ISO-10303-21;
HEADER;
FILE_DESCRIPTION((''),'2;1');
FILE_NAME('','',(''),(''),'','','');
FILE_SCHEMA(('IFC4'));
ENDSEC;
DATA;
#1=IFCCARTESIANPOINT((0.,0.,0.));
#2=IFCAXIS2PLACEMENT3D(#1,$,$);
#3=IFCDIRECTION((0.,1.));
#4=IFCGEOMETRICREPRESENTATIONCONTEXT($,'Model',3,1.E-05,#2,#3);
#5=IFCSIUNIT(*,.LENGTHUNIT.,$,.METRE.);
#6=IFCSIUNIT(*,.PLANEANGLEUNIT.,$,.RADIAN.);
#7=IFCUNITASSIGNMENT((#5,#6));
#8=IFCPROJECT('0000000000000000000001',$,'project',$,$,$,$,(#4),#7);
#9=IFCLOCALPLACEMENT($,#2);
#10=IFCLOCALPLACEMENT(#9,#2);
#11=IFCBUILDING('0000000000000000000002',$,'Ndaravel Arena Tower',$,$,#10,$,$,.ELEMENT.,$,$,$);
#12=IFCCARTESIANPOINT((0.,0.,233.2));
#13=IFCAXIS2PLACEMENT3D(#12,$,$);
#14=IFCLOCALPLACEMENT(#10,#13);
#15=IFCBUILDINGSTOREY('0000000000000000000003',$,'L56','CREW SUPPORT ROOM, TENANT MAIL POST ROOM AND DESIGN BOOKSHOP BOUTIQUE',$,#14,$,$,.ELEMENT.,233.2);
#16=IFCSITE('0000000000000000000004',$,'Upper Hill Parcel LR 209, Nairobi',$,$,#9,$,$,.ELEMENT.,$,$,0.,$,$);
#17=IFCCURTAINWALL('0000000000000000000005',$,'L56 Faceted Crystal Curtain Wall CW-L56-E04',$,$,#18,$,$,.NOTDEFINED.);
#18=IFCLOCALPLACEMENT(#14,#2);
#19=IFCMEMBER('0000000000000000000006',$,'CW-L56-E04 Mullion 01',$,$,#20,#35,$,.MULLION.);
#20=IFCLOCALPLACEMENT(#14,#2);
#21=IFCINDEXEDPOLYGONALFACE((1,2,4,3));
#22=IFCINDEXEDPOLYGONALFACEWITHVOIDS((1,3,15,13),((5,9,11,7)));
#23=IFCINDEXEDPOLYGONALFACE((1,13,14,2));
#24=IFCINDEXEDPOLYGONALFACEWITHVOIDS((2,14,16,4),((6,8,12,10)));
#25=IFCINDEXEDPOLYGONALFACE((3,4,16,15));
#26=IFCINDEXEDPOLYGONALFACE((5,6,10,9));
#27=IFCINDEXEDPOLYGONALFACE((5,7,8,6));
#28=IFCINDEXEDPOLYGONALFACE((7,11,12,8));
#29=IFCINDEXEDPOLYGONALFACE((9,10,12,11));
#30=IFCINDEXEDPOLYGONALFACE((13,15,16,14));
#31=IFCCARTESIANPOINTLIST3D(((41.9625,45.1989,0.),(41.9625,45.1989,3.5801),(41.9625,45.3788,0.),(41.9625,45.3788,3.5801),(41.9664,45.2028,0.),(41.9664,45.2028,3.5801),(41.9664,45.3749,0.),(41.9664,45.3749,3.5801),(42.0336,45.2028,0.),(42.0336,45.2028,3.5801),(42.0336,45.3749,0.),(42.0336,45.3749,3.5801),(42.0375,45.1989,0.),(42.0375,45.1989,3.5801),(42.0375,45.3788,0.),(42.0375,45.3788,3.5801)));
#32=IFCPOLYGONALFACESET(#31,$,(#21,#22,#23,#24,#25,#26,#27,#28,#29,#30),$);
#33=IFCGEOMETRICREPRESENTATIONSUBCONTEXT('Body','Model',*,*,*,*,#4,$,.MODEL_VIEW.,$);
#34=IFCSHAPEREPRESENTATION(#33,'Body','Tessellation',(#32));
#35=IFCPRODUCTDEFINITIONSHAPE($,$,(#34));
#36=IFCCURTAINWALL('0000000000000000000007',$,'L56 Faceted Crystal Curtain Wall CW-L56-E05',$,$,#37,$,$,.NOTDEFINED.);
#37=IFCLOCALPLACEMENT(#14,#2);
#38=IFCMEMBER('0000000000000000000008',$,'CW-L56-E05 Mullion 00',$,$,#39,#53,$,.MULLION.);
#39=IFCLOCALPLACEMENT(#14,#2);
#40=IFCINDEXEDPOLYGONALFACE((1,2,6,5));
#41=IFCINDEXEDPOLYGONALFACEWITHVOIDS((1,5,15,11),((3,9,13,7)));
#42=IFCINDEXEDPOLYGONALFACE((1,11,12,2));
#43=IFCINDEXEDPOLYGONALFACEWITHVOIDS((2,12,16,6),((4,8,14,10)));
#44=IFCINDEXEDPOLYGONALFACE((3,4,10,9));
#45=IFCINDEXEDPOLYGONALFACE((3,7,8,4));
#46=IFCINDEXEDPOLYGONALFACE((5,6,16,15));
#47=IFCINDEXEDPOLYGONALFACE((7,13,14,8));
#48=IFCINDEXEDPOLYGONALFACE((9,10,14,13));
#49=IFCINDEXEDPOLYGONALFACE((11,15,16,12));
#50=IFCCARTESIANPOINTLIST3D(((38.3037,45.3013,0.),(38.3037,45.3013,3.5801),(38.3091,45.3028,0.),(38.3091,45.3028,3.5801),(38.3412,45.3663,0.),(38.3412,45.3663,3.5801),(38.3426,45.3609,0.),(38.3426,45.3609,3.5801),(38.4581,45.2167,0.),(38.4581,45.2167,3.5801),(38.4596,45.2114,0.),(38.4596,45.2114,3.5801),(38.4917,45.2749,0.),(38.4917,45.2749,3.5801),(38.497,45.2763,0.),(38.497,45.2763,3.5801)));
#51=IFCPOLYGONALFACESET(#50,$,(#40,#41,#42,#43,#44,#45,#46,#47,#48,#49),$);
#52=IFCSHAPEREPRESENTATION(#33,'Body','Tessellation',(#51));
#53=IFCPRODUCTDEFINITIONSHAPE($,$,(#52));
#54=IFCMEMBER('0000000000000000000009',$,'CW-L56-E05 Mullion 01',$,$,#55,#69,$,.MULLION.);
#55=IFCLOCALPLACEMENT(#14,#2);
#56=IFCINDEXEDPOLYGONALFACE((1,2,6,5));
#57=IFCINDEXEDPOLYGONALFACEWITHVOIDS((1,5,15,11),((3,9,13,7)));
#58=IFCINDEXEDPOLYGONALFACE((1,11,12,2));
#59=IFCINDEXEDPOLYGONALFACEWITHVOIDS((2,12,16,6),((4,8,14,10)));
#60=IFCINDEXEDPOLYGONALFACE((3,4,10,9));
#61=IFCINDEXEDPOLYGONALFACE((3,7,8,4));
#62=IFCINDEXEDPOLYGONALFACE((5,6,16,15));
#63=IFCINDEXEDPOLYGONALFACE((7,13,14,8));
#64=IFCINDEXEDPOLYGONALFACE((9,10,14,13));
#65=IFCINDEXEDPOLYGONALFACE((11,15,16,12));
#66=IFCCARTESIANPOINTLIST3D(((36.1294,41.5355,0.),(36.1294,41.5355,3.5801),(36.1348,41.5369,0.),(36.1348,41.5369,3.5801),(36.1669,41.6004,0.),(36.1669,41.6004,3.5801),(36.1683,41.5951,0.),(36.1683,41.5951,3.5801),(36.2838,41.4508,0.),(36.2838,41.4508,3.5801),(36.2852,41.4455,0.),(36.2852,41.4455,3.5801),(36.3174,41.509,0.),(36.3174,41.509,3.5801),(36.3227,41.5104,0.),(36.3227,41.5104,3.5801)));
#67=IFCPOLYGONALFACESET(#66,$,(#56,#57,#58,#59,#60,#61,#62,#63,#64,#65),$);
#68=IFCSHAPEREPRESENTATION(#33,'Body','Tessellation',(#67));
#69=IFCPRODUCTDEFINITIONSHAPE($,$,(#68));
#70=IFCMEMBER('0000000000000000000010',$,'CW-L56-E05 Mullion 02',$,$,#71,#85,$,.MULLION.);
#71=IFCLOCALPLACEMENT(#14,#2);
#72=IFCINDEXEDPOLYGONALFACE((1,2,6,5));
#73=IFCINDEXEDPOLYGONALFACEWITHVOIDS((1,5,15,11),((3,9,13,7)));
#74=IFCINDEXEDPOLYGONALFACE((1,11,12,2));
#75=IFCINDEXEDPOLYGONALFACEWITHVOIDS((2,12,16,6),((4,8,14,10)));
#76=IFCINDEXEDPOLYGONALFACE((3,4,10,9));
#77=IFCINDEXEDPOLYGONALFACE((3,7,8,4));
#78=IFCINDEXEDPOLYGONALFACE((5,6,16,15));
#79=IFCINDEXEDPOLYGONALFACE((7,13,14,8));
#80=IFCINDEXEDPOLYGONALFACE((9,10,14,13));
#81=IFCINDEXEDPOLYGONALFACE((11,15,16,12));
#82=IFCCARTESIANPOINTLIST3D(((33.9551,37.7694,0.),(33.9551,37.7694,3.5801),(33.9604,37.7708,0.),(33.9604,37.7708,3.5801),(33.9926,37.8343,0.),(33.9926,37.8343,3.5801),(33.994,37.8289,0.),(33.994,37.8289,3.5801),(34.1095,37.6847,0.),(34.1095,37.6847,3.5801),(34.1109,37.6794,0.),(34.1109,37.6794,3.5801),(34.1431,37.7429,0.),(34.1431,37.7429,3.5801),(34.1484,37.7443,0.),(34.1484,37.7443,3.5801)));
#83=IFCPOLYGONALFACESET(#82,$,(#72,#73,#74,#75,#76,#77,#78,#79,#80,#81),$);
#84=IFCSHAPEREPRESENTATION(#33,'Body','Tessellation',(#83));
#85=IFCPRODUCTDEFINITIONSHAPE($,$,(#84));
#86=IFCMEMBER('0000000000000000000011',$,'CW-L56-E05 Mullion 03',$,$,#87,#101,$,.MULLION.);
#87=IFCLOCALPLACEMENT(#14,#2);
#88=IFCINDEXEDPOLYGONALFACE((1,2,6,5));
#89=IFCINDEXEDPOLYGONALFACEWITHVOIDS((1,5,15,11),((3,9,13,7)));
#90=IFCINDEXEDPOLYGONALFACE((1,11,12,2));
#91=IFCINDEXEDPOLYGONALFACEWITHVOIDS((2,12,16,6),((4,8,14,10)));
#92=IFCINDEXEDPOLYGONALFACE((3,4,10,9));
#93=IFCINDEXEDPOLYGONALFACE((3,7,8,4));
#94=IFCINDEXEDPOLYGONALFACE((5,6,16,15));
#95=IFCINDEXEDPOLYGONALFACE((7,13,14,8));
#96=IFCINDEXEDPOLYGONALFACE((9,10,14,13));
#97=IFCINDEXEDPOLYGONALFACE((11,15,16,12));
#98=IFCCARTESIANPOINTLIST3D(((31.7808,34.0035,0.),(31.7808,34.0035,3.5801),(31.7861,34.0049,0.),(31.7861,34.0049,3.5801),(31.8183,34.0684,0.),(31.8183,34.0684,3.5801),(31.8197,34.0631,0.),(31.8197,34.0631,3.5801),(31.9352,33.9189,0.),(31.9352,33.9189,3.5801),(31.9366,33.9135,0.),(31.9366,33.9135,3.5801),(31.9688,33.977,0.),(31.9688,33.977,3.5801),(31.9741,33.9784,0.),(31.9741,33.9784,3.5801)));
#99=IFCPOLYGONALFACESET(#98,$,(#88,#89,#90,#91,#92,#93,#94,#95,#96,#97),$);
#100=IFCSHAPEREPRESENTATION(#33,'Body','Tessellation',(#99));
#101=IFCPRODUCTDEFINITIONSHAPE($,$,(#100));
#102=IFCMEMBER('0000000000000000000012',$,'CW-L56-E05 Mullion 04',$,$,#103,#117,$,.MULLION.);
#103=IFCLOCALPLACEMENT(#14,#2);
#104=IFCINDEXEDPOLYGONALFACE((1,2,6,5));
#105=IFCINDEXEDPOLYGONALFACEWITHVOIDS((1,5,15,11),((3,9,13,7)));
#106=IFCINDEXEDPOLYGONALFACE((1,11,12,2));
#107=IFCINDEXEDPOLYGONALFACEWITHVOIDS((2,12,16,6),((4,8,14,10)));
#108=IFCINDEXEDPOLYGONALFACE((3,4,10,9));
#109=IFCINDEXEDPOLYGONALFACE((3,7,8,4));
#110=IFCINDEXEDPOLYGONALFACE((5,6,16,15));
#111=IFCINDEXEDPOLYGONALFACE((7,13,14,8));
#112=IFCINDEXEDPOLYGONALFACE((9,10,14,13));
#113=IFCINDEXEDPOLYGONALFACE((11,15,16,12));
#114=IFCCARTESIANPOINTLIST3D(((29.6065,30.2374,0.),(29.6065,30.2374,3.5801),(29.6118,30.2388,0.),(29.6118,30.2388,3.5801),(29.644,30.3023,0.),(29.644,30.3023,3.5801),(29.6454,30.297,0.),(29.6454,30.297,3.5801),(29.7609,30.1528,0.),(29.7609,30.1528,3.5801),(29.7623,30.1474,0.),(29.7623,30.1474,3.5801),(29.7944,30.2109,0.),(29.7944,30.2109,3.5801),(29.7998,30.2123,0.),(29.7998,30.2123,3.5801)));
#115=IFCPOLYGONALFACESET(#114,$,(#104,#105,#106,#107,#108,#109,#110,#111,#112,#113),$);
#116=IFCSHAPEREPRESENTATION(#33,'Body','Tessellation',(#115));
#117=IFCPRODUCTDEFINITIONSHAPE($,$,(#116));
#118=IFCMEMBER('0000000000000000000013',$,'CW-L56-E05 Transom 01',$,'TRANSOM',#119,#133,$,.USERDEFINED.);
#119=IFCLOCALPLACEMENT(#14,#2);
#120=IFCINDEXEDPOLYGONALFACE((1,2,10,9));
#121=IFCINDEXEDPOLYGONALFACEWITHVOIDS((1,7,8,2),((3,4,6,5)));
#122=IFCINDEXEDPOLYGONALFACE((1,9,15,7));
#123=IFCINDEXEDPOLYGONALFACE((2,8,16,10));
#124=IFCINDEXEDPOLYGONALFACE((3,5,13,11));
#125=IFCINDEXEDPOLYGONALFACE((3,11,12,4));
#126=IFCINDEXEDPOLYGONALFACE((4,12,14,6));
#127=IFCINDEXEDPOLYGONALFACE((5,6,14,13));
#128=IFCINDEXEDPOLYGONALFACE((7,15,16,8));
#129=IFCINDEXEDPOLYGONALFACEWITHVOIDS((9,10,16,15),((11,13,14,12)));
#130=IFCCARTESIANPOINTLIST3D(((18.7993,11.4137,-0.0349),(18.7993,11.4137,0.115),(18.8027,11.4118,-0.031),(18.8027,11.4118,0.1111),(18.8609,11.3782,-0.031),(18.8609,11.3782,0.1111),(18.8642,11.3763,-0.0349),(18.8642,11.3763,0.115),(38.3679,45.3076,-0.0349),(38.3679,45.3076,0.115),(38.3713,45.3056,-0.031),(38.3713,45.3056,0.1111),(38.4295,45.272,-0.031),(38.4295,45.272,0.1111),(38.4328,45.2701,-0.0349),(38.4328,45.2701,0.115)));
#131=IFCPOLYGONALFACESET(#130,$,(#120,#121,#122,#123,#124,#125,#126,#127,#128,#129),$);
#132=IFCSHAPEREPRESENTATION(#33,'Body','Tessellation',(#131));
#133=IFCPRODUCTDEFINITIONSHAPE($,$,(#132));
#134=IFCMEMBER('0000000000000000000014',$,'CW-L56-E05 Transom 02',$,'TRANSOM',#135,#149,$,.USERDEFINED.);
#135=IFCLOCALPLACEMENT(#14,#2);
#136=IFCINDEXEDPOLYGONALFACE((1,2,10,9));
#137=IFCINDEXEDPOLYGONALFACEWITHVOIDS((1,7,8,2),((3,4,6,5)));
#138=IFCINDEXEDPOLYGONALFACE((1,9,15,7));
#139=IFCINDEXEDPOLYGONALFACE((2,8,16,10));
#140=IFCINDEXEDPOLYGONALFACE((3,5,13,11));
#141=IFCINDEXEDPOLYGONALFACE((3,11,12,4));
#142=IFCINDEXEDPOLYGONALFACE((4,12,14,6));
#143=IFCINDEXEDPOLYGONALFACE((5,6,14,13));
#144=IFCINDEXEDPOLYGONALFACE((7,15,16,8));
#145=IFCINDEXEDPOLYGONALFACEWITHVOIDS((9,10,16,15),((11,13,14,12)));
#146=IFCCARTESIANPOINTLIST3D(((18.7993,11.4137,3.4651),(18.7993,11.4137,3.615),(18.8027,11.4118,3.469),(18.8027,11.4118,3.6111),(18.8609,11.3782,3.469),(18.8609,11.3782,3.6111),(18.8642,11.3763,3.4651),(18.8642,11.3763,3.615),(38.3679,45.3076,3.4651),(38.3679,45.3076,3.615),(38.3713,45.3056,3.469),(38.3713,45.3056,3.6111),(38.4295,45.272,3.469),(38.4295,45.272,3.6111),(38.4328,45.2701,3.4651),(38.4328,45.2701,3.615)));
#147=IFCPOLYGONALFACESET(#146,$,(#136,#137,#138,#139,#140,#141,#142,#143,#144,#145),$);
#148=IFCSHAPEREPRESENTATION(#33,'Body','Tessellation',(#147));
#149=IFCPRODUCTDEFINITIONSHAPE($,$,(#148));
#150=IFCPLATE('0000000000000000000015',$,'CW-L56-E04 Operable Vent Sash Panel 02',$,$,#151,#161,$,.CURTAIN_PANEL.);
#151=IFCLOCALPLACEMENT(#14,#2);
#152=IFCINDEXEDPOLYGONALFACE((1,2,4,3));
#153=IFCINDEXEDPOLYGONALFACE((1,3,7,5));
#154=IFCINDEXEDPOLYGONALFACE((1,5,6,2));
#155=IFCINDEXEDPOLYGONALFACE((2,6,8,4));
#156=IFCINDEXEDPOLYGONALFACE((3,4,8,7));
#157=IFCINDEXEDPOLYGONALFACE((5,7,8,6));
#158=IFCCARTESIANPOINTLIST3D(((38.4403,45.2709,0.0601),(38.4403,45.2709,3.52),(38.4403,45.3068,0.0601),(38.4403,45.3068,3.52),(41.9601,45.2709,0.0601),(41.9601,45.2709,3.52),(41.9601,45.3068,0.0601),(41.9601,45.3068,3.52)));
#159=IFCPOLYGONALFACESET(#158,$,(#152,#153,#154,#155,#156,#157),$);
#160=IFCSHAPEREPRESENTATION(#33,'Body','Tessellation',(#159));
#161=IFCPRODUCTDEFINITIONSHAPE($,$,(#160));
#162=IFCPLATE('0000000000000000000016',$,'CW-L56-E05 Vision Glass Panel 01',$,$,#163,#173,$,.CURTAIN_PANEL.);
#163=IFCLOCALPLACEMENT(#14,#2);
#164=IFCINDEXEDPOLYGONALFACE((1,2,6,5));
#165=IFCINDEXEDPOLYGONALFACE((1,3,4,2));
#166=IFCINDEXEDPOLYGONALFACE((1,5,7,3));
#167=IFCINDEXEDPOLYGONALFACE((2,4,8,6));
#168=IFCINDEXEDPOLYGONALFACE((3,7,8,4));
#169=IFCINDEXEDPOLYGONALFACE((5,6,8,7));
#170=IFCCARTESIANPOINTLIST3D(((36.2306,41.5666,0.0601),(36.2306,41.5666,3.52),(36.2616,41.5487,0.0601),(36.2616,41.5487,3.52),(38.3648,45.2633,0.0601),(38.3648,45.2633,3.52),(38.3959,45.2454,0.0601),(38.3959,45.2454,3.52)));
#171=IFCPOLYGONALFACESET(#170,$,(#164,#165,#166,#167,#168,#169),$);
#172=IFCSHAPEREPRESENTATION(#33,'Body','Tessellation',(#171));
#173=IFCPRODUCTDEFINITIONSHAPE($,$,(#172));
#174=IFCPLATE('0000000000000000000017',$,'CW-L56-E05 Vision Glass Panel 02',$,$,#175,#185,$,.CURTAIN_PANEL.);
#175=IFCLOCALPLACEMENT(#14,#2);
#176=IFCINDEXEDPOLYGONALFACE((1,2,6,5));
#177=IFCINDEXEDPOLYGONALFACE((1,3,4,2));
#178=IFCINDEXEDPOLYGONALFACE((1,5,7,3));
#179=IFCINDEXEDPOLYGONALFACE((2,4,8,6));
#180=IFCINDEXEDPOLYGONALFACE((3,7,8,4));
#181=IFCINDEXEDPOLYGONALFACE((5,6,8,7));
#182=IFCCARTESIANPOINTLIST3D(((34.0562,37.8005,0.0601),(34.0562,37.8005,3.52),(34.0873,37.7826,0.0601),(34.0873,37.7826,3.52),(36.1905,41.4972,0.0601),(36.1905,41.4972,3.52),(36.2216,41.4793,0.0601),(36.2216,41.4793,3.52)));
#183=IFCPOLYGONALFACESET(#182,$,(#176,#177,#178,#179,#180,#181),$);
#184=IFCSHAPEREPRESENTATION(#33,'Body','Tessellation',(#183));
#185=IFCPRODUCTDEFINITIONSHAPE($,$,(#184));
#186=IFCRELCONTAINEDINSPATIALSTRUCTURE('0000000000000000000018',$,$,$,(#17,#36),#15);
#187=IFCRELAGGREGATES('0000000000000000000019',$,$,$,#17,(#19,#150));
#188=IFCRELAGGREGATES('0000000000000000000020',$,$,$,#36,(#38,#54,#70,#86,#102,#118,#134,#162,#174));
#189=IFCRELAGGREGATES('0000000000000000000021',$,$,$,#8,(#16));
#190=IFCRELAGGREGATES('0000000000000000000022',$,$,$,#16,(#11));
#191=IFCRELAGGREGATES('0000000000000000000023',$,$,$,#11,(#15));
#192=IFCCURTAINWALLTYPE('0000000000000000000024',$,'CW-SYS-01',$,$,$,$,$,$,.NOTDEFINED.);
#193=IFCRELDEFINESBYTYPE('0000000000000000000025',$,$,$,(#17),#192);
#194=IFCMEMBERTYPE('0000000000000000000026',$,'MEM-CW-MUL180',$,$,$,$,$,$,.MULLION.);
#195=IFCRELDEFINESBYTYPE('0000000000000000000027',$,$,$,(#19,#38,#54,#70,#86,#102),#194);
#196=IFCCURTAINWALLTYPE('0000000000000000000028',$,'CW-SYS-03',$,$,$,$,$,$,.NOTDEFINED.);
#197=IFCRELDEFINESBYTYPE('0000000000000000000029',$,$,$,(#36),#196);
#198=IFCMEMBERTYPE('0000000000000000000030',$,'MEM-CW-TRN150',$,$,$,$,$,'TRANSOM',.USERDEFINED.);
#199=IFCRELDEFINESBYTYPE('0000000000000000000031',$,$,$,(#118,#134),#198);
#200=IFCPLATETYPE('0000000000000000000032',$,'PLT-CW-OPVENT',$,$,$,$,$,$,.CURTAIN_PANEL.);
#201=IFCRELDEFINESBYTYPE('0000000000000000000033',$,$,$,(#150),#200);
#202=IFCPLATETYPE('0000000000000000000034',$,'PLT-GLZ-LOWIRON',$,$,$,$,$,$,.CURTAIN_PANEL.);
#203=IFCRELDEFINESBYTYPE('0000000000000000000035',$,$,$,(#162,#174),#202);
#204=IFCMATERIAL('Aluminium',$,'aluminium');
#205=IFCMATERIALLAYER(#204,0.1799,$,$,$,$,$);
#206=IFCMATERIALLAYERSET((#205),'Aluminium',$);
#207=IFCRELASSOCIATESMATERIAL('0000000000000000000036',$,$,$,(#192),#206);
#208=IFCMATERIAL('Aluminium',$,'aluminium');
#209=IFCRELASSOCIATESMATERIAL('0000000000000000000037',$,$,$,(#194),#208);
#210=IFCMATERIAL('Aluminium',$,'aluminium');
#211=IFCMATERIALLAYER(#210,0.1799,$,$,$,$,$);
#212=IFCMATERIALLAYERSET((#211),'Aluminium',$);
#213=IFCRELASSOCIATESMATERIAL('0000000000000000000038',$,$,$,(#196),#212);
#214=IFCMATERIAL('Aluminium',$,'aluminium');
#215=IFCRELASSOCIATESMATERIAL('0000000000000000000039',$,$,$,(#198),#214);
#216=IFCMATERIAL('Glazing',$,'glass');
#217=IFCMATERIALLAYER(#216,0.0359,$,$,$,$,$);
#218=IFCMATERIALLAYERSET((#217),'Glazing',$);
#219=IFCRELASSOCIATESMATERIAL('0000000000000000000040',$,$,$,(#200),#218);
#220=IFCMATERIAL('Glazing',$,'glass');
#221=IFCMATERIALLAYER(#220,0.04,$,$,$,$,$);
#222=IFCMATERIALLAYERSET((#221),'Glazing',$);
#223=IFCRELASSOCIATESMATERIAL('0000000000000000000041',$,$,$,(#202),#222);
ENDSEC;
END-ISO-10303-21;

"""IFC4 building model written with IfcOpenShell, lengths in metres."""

from ifc_helpers import new_model, si_unit, direction, frame, origin, origin_2d, place, context, subcontext, project, spatial, rectangle, hollow_rectangle, extrude, material, layer, layer_set, material_profile, profile_set, type_object, element, aggregate, save


model = new_model("IFC4")

# Units and contexts
model_context = context("Model", 3, precision=1e-05, world=origin(), true_north=direction((0.0, 1.0)))
body_context = subcontext(model_context, "Body", "Model", "MODEL_VIEW")
ifc_project = project(units=[si_unit("LENGTHUNIT", "METRE"), si_unit("PLANEANGLEUNIT", "RADIAN")], contexts=[model_context])

# Site, building, storey
site_placement = place(None, origin())
site = spatial("IfcSite", under=ifc_project, at=site_placement, Name="Upper Hill Parcel LR 209, Nairobi", CompositionType="ELEMENT", RefElevation=0.0)
building_placement = place(site_placement, origin())
building = spatial("IfcBuilding", under=site, at=building_placement, Name="Ndaravel Arena Tower", CompositionType="ELEMENT")
storey_placement = place(building_placement, frame((0.0, 0.0, 233.2)))
storey = spatial("IfcBuildingStorey", under=building, at=storey_placement, Name="L56", Description="CREW SUPPORT ROOM, TENANT MAIL POST ROOM AND DESIGN BOOKSHOP BOUTIQUE", CompositionType="ELEMENT", Elevation=233.2)

# Curtain wall, member
ifc_material_1 = material(Name="Aluminium", Category="aluminium")
ifc_layer_1 = layer(ifc_material_1, 0.1799)
ifc_layer_set_1 = layer_set([ifc_layer_1], Name="Aluminium")
curtain_wall_type_1 = type_object("IfcCurtainWallType", Name="CW-SYS-01", PredefinedType="NOTDEFINED", material=ifc_layer_set_1)
curtain_wall_1_placement = place(storey_placement, origin())
curtain_wall_1 = element("IfcCurtainWall", 1, at=curtain_wall_1_placement, inside=storey, type_object=curtain_wall_type_1, Name="L56 Faceted Crystal Curtain Wall CW-L56-E04", PredefinedType="NOTDEFINED")
ifc_material_2 = material(Name="Aluminium", Category="aluminium")
ifc_material_profile_1 = material_profile(ifc_material_2, hollow_rectangle(XDim=0.075, YDim=0.1799, WallThickness=0.0039, at=origin_2d()), Name="CW MULLION 75x180x4")
ifc_profile_set_1 = profile_set([ifc_material_profile_1], Name="Aluminium")
member_type_1 = type_object("IfcMemberType", Name="MEM-CW-MUL180", PredefinedType="MULLION", material=ifc_profile_set_1)
member_1_placement = place(storey_placement, frame((42.0, 45.2888, 0.0), z_axis=(0.0, 0.0, 1.0), x_axis=(-1.0, 0.0, 0.0)))
member_1 = element("IfcMember", 2, at=member_1_placement, type_object=member_type_1, Name="CW-L56-E04 Mullion 01", PredefinedType="MULLION", context=body_context, shape_type="SweptSolid", body=[
    extrude(hollow_rectangle(XDim=0.075, YDim=0.1799, WallThickness=0.0039, at=origin_2d()), origin(), (0.0, 0.0, 1.0), 3.5801),
])

# Curtain wall, members
ifc_material_3 = material(Name="Aluminium", Category="aluminium")
ifc_layer_2 = layer(ifc_material_3, 0.1799)
ifc_layer_set_2 = layer_set([ifc_layer_2], Name="Aluminium")
curtain_wall_type_2 = type_object("IfcCurtainWallType", Name="CW-SYS-03", PredefinedType="NOTDEFINED", material=ifc_layer_set_2)
curtain_wall_2_placement = place(storey_placement, origin())
curtain_wall_2 = element("IfcCurtainWall", 3, at=curtain_wall_2_placement, inside=storey, type_object=curtain_wall_type_2, Name="L56 Faceted Crystal Curtain Wall CW-L56-E05", PredefinedType="NOTDEFINED")
member_2_placement = place(storey_placement, frame((38.4004, 45.2888, 0.0), z_axis=(0.0, 0.0, 1.0), x_axis=(-0.5, -0.866025, 0.0)))
member_2 = element("IfcMember", 4, at=member_2_placement, type_object=member_type_1, Name="CW-L56-E05 Mullion 00", PredefinedType="MULLION", context=body_context, shape_type="SweptSolid", body=[
    extrude(hollow_rectangle(XDim=0.075, YDim=0.1799, WallThickness=0.0039, at=origin_2d()), origin(), (0.0, 0.0, 1.0), 3.5801),
])
member_3_placement = place(storey_placement, frame((36.2261, 41.5229, 0.0), z_axis=(0.0, 0.0, 1.0), x_axis=(-0.5, -0.866025, 0.0)))
member_3 = element("IfcMember", 5, at=member_3_placement, type_object=member_type_1, Name="CW-L56-E05 Mullion 01", PredefinedType="MULLION", context=body_context, shape_type="SweptSolid", body=[
    extrude(hollow_rectangle(XDim=0.075, YDim=0.1799, WallThickness=0.0039, at=origin_2d()), origin(), (0.0, 0.0, 1.0), 3.5801),
])
member_4_placement = place(storey_placement, frame((34.0518, 37.7568, 0.0), z_axis=(0.0, 0.0, 1.0), x_axis=(-0.5, -0.866025, 0.0)))
member_4 = element("IfcMember", 6, at=member_4_placement, type_object=member_type_1, Name="CW-L56-E05 Mullion 02", PredefinedType="MULLION", context=body_context, shape_type="SweptSolid", body=[
    extrude(hollow_rectangle(XDim=0.075, YDim=0.1799, WallThickness=0.0039, at=origin_2d()), origin(), (0.0, 0.0, 1.0), 3.5801),
])
member_5_placement = place(storey_placement, frame((31.8774, 33.991, 0.0), z_axis=(0.0, 0.0, 1.0), x_axis=(-0.5, -0.866025, 0.0)))
member_5 = element("IfcMember", 7, at=member_5_placement, type_object=member_type_1, Name="CW-L56-E05 Mullion 03", PredefinedType="MULLION", context=body_context, shape_type="SweptSolid", body=[
    extrude(hollow_rectangle(XDim=0.075, YDim=0.1799, WallThickness=0.0039, at=origin_2d()), origin(), (0.0, 0.0, 1.0), 3.5801),
])
member_6_placement = place(storey_placement, frame((29.7031, 30.2249, 0.0), z_axis=(0.0, 0.0, 1.0), x_axis=(-0.5, -0.866025, 0.0)))
member_6 = element("IfcMember", 8, at=member_6_placement, type_object=member_type_1, Name="CW-L56-E05 Mullion 04", PredefinedType="MULLION", context=body_context, shape_type="SweptSolid", body=[
    extrude(hollow_rectangle(XDim=0.075, YDim=0.1799, WallThickness=0.0039, at=origin_2d()), origin(), (0.0, 0.0, 1.0), 3.5801),
])
ifc_material_4 = material(Name="Aluminium", Category="aluminium")
ifc_material_profile_2 = material_profile(ifc_material_4, hollow_rectangle(XDim=0.075, YDim=0.1499, WallThickness=0.0039, at=origin_2d()), Name="CW TRANSOM 75x150x4")
ifc_profile_set_2 = profile_set([ifc_material_profile_2], Name="Aluminium")
member_type_2 = type_object("IfcMemberType", Name="MEM-CW-TRN150", ElementType="TRANSOM", PredefinedType="USERDEFINED", material=ifc_profile_set_2)
member_7_placement = place(storey_placement, frame((38.4004, 45.2888, 0.04), z_axis=(-0.5, -0.866025, 0.0), x_axis=(0.866025, -0.5, 0.0)))
member_7 = element("IfcMember", 9, at=member_7_placement, type_object=member_type_2, Name="CW-L56-E05 Transom 01", ObjectType="TRANSOM", PredefinedType="USERDEFINED", context=body_context, shape_type="SweptSolid", body=[
    extrude(hollow_rectangle(XDim=0.075, YDim=0.1499, WallThickness=0.0039, at=origin_2d()), origin(), (0.0, 0.0, 1.0), 39.1372),
])
member_8_placement = place(storey_placement, frame((38.4004, 45.2888, 3.54), z_axis=(-0.5, -0.866025, 0.0), x_axis=(0.866025, -0.5, 0.0)))
member_8 = element("IfcMember", 10, at=member_8_placement, type_object=member_type_2, Name="CW-L56-E05 Transom 02", ObjectType="TRANSOM", PredefinedType="USERDEFINED", context=body_context, shape_type="SweptSolid", body=[
    extrude(hollow_rectangle(XDim=0.075, YDim=0.1499, WallThickness=0.0039, at=origin_2d()), origin(), (0.0, 0.0, 1.0), 39.1372),
])

# Plates
ifc_material_5 = material(Name="Glazing", Category="glass")
ifc_layer_3 = layer(ifc_material_5, 0.0359)
ifc_layer_set_3 = layer_set([ifc_layer_3], Name="Glazing")
plate_type_1 = type_object("IfcPlateType", Name="PLT-CW-OPVENT", PredefinedType="CURTAIN_PANEL", material=ifc_layer_set_3)
plate_1_placement = place(storey_placement, frame((40.2002, 45.2888, 0.0601), z_axis=(0.0, 0.0, 1.0), x_axis=(-1.0, 0.0, 0.0)))
plate_1 = element("IfcPlate", 11, at=plate_1_placement, type_object=plate_type_1, Name="CW-L56-E04 Operable Vent Sash Panel 02", PredefinedType="CURTAIN_PANEL", context=body_context, shape_type="SweptSolid", body=[
    extrude(rectangle(XDim=3.5198, YDim=0.0359, at=origin_2d()), origin(), (0.0, 0.0, 1.0), 3.46),
])
aggregate(curtain_wall_1, [member_1, plate_1])
ifc_material_6 = material(Name="Glazing", Category="glass")
ifc_layer_4 = layer(ifc_material_6, 0.04)
ifc_layer_set_4 = layer_set([ifc_layer_4], Name="Glazing")
plate_type_2 = type_object("IfcPlateType", Name="PLT-GLZ-LOWIRON", PredefinedType="CURTAIN_PANEL", material=ifc_layer_set_4)
plate_2_placement = place(storey_placement, frame((37.3132, 43.406, 0.0601), z_axis=(0.0, 0.0, 1.0), x_axis=(-0.5, -0.866025, 0.0)))
plate_2 = element("IfcPlate", 12, at=plate_2_placement, type_object=plate_type_2, Name="CW-L56-E05 Vision Glass Panel 01", PredefinedType="CURTAIN_PANEL", context=body_context, shape_type="SweptSolid", body=[
    extrude(rectangle(XDim=4.2686, YDim=0.0359, at=origin_2d()), origin(), (0.0, 0.0, 1.0), 3.46),
])
plate_3_placement = place(storey_placement, frame((35.1389, 39.6399, 0.0601), z_axis=(0.0, 0.0, 1.0), x_axis=(-0.5, -0.866025, 0.0)))
plate_3 = element("IfcPlate", 13, at=plate_3_placement, type_object=plate_type_2, Name="CW-L56-E05 Vision Glass Panel 02", PredefinedType="CURTAIN_PANEL", context=body_context, shape_type="SweptSolid", body=[
    extrude(rectangle(XDim=4.2686, YDim=0.0359, at=origin_2d()), origin(), (0.0, 0.0, 1.0), 3.46),
])
aggregate(curtain_wall_2, [member_2, member_3, member_4, member_5, member_6, member_7, member_8, plate_2, plate_3])

save(model, "model.ifc")
